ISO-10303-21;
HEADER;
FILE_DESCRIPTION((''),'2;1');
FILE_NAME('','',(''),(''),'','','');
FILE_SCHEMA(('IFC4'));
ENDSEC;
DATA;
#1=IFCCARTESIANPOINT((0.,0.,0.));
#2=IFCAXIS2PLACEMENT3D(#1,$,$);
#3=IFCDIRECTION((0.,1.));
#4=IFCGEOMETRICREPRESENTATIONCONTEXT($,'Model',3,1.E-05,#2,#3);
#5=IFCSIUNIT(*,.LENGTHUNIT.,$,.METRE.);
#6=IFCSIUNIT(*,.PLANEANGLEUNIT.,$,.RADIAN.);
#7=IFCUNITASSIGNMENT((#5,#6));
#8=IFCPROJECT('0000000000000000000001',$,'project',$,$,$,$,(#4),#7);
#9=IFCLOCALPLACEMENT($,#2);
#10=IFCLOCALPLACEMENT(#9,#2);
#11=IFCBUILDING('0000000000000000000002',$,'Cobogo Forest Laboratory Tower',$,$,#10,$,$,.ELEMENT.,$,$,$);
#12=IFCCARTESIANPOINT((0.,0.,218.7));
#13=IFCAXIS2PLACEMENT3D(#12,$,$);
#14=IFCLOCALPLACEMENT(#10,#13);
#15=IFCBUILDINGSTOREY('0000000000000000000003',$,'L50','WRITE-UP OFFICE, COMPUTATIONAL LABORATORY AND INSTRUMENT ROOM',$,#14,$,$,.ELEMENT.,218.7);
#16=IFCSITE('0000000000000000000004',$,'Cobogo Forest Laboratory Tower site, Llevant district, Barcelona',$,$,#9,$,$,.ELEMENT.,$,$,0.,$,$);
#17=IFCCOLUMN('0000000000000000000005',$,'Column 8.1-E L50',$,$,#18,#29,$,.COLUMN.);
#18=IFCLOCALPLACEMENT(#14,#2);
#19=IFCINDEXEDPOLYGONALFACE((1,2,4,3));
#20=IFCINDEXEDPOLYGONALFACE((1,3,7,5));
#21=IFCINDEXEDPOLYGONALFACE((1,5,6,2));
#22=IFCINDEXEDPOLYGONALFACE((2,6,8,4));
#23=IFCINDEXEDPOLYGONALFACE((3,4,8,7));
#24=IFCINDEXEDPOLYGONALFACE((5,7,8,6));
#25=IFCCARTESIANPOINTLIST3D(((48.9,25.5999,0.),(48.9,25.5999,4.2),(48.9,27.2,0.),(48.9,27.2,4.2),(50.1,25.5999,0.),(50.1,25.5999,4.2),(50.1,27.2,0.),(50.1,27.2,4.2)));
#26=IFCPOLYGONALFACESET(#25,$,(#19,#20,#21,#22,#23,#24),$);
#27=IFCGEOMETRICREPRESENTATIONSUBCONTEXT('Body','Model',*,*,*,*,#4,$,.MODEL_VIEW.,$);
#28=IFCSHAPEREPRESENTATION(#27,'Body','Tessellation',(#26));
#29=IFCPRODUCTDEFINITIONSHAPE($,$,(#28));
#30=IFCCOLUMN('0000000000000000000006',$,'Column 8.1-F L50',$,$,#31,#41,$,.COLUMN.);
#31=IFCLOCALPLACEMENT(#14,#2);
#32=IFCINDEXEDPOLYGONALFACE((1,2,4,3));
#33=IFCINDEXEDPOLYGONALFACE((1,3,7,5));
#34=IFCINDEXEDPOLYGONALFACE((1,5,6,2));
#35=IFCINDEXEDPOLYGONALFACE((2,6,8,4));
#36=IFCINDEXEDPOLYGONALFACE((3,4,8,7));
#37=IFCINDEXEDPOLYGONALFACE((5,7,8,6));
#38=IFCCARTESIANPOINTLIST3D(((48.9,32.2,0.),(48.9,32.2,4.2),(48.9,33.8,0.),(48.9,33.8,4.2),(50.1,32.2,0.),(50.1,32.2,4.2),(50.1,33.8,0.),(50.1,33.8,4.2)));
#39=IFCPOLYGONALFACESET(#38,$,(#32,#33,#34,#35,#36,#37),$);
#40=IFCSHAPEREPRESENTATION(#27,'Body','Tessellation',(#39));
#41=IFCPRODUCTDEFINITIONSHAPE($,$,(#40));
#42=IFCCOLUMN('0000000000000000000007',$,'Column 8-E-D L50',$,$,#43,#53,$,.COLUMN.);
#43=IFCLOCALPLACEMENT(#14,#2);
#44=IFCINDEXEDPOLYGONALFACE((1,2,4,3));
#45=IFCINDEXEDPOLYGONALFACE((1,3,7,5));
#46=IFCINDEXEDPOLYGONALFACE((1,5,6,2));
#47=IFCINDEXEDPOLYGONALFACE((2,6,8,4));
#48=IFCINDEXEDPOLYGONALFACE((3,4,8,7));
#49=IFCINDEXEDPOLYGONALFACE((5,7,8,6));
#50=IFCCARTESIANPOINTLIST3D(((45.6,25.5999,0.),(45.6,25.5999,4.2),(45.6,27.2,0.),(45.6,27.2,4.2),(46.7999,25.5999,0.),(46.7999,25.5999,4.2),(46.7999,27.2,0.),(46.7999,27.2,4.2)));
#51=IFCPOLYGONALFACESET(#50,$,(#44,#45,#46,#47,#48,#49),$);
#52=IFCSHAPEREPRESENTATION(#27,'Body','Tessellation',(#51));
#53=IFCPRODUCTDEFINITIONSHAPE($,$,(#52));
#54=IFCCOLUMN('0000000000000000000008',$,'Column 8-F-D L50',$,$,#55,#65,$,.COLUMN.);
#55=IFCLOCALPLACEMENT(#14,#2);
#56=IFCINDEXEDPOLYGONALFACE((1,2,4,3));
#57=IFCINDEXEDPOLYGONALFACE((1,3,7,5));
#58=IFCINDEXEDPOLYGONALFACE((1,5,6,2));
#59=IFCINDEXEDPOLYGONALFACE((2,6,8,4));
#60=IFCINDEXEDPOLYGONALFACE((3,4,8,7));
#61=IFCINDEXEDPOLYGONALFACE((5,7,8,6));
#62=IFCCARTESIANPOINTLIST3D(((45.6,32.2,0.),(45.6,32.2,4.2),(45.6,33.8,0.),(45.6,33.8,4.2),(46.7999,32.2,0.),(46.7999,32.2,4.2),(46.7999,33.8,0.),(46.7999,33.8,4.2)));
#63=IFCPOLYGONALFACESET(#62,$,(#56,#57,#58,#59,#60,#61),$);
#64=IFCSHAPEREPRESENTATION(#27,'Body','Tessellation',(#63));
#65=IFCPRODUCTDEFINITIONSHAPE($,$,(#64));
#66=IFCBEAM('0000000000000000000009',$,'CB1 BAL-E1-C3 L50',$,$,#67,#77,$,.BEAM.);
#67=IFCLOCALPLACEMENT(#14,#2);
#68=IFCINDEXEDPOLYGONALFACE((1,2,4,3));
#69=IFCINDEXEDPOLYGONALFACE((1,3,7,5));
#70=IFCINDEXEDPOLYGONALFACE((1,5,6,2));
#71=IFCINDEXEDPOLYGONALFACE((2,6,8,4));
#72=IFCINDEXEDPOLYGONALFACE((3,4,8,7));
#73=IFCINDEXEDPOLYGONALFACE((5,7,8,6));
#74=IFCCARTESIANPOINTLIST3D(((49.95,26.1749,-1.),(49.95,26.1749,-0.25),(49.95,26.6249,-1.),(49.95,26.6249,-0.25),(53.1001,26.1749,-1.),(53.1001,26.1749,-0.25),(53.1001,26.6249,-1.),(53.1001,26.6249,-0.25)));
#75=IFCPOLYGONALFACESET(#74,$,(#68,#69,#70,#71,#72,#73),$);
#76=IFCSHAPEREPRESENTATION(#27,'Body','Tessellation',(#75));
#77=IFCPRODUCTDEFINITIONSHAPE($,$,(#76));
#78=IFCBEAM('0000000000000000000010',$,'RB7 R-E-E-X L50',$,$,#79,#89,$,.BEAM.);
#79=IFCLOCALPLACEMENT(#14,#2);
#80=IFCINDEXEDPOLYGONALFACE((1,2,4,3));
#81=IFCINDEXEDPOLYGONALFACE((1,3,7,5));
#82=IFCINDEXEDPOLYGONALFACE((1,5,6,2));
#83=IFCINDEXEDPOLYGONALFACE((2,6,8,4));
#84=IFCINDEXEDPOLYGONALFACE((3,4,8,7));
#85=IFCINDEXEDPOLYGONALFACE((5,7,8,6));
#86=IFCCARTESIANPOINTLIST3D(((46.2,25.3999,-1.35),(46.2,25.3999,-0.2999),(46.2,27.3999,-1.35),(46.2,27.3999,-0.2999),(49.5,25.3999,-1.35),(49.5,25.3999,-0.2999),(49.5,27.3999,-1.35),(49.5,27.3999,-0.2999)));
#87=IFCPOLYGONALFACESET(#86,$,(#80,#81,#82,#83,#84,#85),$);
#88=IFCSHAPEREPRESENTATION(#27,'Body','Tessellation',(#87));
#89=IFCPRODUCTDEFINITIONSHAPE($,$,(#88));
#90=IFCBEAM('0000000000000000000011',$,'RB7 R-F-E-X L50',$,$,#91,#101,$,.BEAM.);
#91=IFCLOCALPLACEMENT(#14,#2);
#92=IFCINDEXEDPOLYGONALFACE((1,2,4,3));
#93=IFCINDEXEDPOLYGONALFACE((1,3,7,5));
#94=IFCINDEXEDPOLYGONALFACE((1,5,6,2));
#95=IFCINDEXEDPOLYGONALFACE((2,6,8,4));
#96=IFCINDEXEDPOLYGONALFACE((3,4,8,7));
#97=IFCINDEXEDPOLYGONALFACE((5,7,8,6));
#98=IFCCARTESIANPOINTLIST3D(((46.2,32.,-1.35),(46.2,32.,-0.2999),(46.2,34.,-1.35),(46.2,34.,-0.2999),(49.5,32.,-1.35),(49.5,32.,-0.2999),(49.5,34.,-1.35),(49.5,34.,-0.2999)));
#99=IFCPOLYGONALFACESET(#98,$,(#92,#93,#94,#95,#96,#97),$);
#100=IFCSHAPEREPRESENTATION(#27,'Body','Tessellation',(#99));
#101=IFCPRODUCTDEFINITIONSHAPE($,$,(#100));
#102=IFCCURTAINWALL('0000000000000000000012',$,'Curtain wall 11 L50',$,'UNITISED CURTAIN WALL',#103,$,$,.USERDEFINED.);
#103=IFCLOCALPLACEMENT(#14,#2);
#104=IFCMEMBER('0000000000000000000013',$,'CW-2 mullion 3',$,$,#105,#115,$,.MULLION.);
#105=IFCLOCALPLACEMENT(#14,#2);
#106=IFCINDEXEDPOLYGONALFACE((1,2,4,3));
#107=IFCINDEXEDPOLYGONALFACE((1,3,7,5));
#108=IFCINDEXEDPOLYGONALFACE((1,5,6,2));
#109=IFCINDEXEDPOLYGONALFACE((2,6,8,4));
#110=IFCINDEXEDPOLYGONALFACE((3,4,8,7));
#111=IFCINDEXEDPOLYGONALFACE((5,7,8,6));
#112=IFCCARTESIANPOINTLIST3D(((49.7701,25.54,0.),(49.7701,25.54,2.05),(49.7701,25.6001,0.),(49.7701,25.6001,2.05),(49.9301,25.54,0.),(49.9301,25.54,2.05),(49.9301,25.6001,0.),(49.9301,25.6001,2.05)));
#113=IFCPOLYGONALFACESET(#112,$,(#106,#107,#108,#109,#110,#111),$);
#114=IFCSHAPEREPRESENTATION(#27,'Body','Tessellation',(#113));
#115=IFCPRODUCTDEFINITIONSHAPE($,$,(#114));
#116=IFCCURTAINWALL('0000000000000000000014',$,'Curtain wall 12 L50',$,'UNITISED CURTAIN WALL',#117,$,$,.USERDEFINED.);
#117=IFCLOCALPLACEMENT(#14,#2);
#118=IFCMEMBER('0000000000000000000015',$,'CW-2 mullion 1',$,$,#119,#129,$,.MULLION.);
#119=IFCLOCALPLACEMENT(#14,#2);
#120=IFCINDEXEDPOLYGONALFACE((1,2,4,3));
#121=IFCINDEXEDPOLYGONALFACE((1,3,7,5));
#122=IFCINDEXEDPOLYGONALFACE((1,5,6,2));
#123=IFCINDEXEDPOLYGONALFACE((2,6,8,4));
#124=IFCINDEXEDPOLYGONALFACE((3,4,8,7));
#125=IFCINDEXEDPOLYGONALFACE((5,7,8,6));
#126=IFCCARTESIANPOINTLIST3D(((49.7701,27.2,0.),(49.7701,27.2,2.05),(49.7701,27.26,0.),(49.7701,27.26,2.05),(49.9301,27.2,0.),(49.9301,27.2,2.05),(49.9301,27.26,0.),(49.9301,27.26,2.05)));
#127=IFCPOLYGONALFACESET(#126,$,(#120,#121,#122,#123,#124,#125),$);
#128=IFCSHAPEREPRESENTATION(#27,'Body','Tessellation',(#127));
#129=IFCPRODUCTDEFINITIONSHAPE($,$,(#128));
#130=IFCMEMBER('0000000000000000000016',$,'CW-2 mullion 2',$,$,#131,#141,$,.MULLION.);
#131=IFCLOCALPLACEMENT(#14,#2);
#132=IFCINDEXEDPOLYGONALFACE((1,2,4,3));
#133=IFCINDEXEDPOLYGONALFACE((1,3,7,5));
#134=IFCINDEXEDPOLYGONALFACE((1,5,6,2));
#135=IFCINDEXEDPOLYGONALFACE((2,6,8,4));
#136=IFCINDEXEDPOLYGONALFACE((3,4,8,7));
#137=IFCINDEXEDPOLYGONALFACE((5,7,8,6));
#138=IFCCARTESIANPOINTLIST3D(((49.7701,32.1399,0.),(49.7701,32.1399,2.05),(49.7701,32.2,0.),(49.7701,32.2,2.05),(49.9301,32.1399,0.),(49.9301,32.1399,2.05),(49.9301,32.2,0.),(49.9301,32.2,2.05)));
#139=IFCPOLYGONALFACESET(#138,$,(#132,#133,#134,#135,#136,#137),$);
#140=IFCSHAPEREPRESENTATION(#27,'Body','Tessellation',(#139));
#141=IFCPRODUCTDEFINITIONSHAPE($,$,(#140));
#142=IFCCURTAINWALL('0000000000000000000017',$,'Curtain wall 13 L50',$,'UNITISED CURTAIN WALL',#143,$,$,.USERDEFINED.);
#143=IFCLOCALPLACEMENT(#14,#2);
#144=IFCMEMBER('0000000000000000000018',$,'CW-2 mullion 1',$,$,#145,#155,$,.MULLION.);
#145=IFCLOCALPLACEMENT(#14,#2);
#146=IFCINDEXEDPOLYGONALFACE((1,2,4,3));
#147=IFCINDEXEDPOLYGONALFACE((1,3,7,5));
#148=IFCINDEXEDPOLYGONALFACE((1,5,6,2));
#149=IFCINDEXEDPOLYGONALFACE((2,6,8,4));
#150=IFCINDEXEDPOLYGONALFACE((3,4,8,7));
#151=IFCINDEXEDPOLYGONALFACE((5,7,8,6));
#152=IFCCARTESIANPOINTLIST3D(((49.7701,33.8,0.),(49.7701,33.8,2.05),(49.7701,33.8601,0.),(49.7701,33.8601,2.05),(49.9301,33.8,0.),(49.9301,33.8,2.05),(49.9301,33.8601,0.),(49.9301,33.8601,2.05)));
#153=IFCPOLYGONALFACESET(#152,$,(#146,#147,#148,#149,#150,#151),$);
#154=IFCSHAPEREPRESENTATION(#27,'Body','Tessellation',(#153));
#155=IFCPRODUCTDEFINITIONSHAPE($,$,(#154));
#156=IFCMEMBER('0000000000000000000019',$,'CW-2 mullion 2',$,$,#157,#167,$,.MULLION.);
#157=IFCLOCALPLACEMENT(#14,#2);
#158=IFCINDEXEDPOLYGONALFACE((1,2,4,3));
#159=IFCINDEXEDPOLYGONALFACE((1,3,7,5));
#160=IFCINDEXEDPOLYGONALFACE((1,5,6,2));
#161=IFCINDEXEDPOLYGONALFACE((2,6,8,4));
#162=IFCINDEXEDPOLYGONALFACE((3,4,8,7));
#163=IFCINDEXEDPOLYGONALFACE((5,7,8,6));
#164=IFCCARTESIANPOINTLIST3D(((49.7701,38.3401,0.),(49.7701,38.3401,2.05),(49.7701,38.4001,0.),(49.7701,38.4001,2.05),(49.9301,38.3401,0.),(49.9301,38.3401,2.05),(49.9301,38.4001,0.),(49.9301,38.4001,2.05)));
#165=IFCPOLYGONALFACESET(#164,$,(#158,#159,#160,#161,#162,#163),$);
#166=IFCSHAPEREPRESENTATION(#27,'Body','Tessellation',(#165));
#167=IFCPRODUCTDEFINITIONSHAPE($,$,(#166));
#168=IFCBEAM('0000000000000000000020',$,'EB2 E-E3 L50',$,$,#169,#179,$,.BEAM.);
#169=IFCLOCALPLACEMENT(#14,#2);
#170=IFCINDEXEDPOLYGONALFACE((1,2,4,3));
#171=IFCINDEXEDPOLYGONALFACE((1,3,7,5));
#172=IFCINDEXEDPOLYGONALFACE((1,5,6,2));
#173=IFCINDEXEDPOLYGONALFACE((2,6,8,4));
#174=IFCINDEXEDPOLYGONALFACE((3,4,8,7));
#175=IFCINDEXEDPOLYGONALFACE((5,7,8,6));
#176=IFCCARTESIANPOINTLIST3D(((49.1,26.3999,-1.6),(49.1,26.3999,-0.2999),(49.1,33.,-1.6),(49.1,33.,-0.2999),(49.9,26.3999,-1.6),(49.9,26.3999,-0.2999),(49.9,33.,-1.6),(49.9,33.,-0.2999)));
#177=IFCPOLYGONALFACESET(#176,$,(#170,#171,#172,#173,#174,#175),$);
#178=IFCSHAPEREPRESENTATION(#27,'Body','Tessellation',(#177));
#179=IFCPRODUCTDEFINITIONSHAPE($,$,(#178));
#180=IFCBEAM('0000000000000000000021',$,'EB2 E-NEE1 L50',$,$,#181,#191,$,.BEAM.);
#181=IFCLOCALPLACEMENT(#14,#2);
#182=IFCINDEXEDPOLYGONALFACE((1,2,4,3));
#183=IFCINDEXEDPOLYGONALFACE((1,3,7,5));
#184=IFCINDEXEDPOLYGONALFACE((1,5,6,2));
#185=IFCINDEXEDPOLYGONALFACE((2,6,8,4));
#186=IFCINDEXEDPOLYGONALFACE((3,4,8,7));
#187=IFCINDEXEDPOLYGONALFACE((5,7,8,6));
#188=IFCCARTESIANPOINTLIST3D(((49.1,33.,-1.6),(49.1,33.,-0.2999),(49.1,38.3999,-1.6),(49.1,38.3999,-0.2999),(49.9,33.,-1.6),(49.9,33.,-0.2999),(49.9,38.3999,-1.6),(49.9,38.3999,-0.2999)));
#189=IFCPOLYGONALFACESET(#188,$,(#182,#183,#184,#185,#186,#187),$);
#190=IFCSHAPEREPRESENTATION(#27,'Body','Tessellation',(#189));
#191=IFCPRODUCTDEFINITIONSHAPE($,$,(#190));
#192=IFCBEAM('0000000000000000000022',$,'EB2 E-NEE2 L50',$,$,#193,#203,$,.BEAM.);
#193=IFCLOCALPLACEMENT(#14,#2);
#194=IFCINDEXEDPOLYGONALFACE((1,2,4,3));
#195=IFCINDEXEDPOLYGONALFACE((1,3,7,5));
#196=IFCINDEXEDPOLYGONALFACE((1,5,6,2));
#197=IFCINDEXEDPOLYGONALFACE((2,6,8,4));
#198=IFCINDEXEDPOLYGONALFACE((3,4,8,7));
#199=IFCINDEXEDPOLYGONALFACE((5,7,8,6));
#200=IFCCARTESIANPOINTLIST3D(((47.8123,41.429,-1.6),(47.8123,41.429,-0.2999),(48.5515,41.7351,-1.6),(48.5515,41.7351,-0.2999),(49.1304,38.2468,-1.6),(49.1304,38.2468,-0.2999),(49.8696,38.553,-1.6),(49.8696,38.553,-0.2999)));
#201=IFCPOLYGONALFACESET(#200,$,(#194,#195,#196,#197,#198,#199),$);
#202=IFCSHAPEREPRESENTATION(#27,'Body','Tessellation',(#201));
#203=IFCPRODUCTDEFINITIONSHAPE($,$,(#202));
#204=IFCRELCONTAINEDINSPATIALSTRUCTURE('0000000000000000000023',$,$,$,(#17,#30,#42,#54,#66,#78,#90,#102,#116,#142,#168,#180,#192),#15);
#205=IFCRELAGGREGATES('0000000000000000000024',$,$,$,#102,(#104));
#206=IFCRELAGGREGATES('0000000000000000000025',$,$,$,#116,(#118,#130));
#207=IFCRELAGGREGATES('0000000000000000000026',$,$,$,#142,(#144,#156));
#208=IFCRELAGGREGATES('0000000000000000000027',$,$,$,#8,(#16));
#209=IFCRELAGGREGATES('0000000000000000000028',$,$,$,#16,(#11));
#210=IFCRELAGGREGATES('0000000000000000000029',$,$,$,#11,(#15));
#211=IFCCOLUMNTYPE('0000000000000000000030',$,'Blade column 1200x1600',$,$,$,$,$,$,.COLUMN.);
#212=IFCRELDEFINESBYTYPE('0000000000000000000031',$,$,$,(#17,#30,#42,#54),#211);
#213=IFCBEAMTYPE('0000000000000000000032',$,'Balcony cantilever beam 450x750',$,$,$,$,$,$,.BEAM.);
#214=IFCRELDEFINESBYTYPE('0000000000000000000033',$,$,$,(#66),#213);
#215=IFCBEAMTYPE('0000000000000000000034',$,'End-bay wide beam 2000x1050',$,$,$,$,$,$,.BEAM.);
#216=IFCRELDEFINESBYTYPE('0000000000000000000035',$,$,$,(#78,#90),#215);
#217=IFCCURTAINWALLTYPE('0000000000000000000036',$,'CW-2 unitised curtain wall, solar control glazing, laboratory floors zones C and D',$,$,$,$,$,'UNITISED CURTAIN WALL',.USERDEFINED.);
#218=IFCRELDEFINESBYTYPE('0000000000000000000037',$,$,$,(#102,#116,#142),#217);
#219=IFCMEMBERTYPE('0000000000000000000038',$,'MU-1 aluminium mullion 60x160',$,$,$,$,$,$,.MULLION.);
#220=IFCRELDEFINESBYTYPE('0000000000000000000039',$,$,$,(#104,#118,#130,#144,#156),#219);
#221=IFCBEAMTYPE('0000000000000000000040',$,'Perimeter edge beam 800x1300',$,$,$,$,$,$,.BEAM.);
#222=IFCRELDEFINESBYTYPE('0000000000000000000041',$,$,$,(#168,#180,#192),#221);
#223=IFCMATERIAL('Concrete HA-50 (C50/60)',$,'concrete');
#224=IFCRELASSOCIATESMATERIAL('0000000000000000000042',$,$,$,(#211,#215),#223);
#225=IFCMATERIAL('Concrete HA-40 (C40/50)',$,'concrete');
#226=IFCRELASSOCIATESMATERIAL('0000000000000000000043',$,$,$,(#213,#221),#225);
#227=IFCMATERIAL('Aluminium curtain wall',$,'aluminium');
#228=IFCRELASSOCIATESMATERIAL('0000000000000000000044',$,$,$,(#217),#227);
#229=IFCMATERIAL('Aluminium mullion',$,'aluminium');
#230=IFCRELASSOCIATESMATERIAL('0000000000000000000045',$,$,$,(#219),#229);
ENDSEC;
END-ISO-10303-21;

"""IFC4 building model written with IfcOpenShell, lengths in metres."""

from ifc_helpers import new_model, si_unit, direction, frame, origin, origin_2d, place, context, subcontext, project, spatial, rectangle, extrude, material, material_profile, profile_set, type_object, element, aggregate, save


model = new_model("IFC4")

# Units and contexts
model_context = context("Model", 3, precision=1e-05, world=origin(), true_north=direction((0.0, 1.0)))
body_context = subcontext(model_context, "Body", "Model", "MODEL_VIEW")
ifc_project = project(units=[si_unit("LENGTHUNIT", "METRE"), si_unit("PLANEANGLEUNIT", "RADIAN")], contexts=[model_context])

# Site, building, storey
site_placement = place(None, origin())
site = spatial("IfcSite", under=ifc_project, at=site_placement, Name="Cobogo Forest Laboratory Tower site, Llevant district, Barcelona", CompositionType="ELEMENT", RefElevation=0.0)
building_placement = place(site_placement, origin())
building = spatial("IfcBuilding", under=site, at=building_placement, Name="Cobogo Forest Laboratory Tower", CompositionType="ELEMENT")
storey_placement = place(building_placement, frame((0.0, 0.0, 218.7)))
storey = spatial("IfcBuildingStorey", under=building, at=storey_placement, Name="L50", Description="WRITE-UP OFFICE, COMPUTATIONAL LABORATORY AND INSTRUMENT ROOM", CompositionType="ELEMENT", Elevation=218.7)

# Columns
ifc_material_1 = material(Name="Concrete HA-50 (C50/60)", Category="concrete")
ifc_material_profile_1 = material_profile(ifc_material_1, rectangle(XDim=1.6001, YDim=1.2, at=origin_2d()), Name="RC 1200x1600")
ifc_profile_set_1 = profile_set([ifc_material_profile_1], Name="Concrete HA-50 (C50/60)")
column_type = type_object("IfcColumnType", Name="Blade column 1200x1600", PredefinedType="COLUMN", material=ifc_profile_set_1)
for number, where, z_axis, x_axis, name in (
    (1, (49.5, 26.3999, 0.0), (0.0, 0.0, 1.0), (0.0, 1.0, 0.0), "Column 8.1-E L50"),
    (2, (49.5, 33.0, 0.0), (0.0, 0.0, 1.0), (0.0, 1.0, 0.0), "Column 8.1-F L50"),
    (3, (46.2, 26.3999, 0.0), (0.0, 0.0, 1.0), (0.0, 1.0, 0.0), "Column 8-E-D L50"),
    (4, (46.2, 33.0, 0.0), (0.0, 0.0, 1.0), (0.0, 1.0, 0.0), "Column 8-F-D L50"),
):
    element("IfcColumn", number, at=place(storey_placement, frame(where, z_axis=z_axis, x_axis=x_axis)), inside=storey, type_object=column_type, Name=name, PredefinedType="COLUMN", context=body_context, shape_type="SweptSolid", body=[
        extrude(rectangle(XDim=1.6001, YDim=1.2, at=origin_2d()), origin(), (0.0, 0.0, 1.0), 4.2),
    ])

# Beams
ifc_material_2 = material(Name="Concrete HA-40 (C40/50)", Category="concrete")
ifc_material_profile_2 = material_profile(ifc_material_2, rectangle(XDim=0.45, YDim=0.75, at=origin_2d()), Name="RC 450x750")
ifc_profile_set_2 = profile_set([ifc_material_profile_2], Name="Concrete HA-40 (C40/50)")
beam_type_1 = type_object("IfcBeamType", Name="Balcony cantilever beam 450x750", PredefinedType="BEAM", material=ifc_profile_set_2)
beam_1_placement = place(storey_placement, frame((49.95, 26.3999, -0.625), z_axis=(1.0, 0.0, 0.0), x_axis=(0.0, 1.0, 0.0)))
element("IfcBeam", 5, at=beam_1_placement, inside=storey, type_object=beam_type_1, Name="CB1 BAL-E1-C3 L50", PredefinedType="BEAM", context=body_context, shape_type="SweptSolid", body=[
    extrude(rectangle(XDim=0.45, YDim=0.75, at=origin_2d()), origin(), (0.0, 0.0, 1.0), 3.1501),
])
ifc_material_profile_3 = material_profile(ifc_material_1, rectangle(XDim=2.0, YDim=1.05, at=origin_2d()), Name="RC 2000x1050")
ifc_profile_set_3 = profile_set([ifc_material_profile_3], Name="Concrete HA-50 (C50/60)")
beam_type_2 = type_object("IfcBeamType", Name="End-bay wide beam 2000x1050", PredefinedType="BEAM", material=ifc_profile_set_3)
for number, where, z_axis, x_axis, name in (
    (6, (49.5, 26.3999, -0.825), (-1.0, 0.0, 0.0), (0.0, -1.0, 0.0), "RB7 R-E-E-X L50"),
    (7, (49.5, 33.0, -0.825), (-1.0, 0.0, 0.0), (0.0, -1.0, 0.0), "RB7 R-F-E-X L50"),
):
    element("IfcBeam", number, at=place(storey_placement, frame(where, z_axis=z_axis, x_axis=x_axis)), inside=storey, type_object=beam_type_2, Name=name, PredefinedType="BEAM", context=body_context, shape_type="SweptSolid", body=[
        extrude(rectangle(XDim=2.0, YDim=1.05, at=origin_2d()), origin(), (0.0, 0.0, 1.0), 3.3),
    ])

# Curtain wall, member
ifc_material_3 = material(Name="Aluminium curtain wall", Category="aluminium")
curtain_wall_type = type_object("IfcCurtainWallType", Name="CW-2 unitised curtain wall, solar control glazing, laboratory floors zones C and D", ElementType="UNITISED CURTAIN WALL", PredefinedType="USERDEFINED", material=ifc_material_3)
curtain_wall_1_placement = place(storey_placement, origin())
curtain_wall_1 = element("IfcCurtainWall", 8, at=curtain_wall_1_placement, inside=storey, type_object=curtain_wall_type, Name="Curtain wall 11 L50", ObjectType="UNITISED CURTAIN WALL", PredefinedType="USERDEFINED")
ifc_material_4 = material(Name="Aluminium mullion", Category="aluminium")
ifc_material_profile_4 = material_profile(ifc_material_4, rectangle(XDim=0.0601, YDim=0.1599, at=origin_2d()), Name="AL 60x160")
ifc_profile_set_4 = profile_set([ifc_material_profile_4], Name="Aluminium mullion")
member_type_1 = type_object("IfcMemberType", Name="MU-1 aluminium mullion 60x160", PredefinedType="MULLION", material=ifc_profile_set_4)
member_1_placement = place(storey_placement, frame((49.8501, 25.5701, 0.0), z_axis=(0.0, 0.0, 1.0), x_axis=(0.0, 1.0, 0.0)))
member_1 = element("IfcMember", 9, at=member_1_placement, type_object=member_type_1, Name="CW-2 mullion 3", PredefinedType="MULLION", context=body_context, shape_type="SweptSolid", body=[
    extrude(rectangle(XDim=0.0601, YDim=0.1599, at=origin_2d()), origin(), (0.0, 0.0, 1.0), 2.05),
])

# Curtain walls, members
curtain_wall_2_placement = place(storey_placement, origin())
curtain_wall_2 = element("IfcCurtainWall", 10, at=curtain_wall_2_placement, inside=storey, type_object=curtain_wall_type, Name="Curtain wall 12 L50", ObjectType="UNITISED CURTAIN WALL", PredefinedType="USERDEFINED")
member_2_placement = place(storey_placement, frame((49.8501, 27.23, 0.0), z_axis=(0.0, 0.0, 1.0), x_axis=(0.0, 1.0, 0.0)))
member_2 = element("IfcMember", 11, at=member_2_placement, type_object=member_type_1, Name="CW-2 mullion 1", PredefinedType="MULLION", context=body_context, shape_type="SweptSolid", body=[
    extrude(rectangle(XDim=0.0601, YDim=0.1599, at=origin_2d()), origin(), (0.0, 0.0, 1.0), 2.05),
])
member_3_placement = place(storey_placement, frame((49.8501, 32.1699, 0.0), z_axis=(0.0, 0.0, 1.0), x_axis=(0.0, 1.0, 0.0)))
member_3 = element("IfcMember", 12, at=member_3_placement, type_object=member_type_1, Name="CW-2 mullion 2", PredefinedType="MULLION", context=body_context, shape_type="SweptSolid", body=[
    extrude(rectangle(XDim=0.0601, YDim=0.1599, at=origin_2d()), origin(), (0.0, 0.0, 1.0), 2.05),
])
curtain_wall_3_placement = place(storey_placement, origin())
curtain_wall_3 = element("IfcCurtainWall", 13, at=curtain_wall_3_placement, inside=storey, type_object=curtain_wall_type, Name="Curtain wall 13 L50", ObjectType="UNITISED CURTAIN WALL", PredefinedType="USERDEFINED")
member_4_placement = place(storey_placement, frame((49.8501, 33.8301, 0.0), z_axis=(0.0, 0.0, 1.0), x_axis=(0.0, 1.0, 0.0)))
member_4 = element("IfcMember", 14, at=member_4_placement, type_object=member_type_1, Name="CW-2 mullion 1", PredefinedType="MULLION", context=body_context, shape_type="SweptSolid", body=[
    extrude(rectangle(XDim=0.0601, YDim=0.1599, at=origin_2d()), origin(), (0.0, 0.0, 1.0), 2.05),
])
member_5_placement = place(storey_placement, frame((49.8501, 38.3701, 0.0), z_axis=(0.0, 0.0, 1.0), x_axis=(0.0, 1.0, 0.0)))
member_5 = element("IfcMember", 15, at=member_5_placement, type_object=member_type_1, Name="CW-2 mullion 2", PredefinedType="MULLION", context=body_context, shape_type="SweptSolid", body=[
    extrude(rectangle(XDim=0.0601, YDim=0.1599, at=origin_2d()), origin(), (0.0, 0.0, 1.0), 2.05),
])

# Beams
ifc_material_profile_5 = material_profile(ifc_material_2, rectangle(XDim=0.8, YDim=1.3, at=origin_2d()), Name="RC 800x1300")
ifc_profile_set_5 = profile_set([ifc_material_profile_5], Name="Concrete HA-40 (C40/50)")
beam_type_3 = type_object("IfcBeamType", Name="Perimeter edge beam 800x1300", PredefinedType="BEAM", material=ifc_profile_set_5)
beam_2_placement = place(storey_placement, frame((49.5, 26.3999, -0.95), z_axis=(0.0, 1.0, 0.0), x_axis=(-1.0, 0.0, 0.0)))
element("IfcBeam", 16, at=beam_2_placement, inside=storey, type_object=beam_type_3, Name="EB2 E-E3 L50", PredefinedType="BEAM", context=body_context, shape_type="SweptSolid", body=[
    extrude(rectangle(XDim=0.8, YDim=1.3, at=origin_2d()), origin(), (0.0, 0.0, 1.0), 6.6001),
])
beam_3_placement = place(storey_placement, frame((49.5, 33.0, -0.95), z_axis=(0.0, 1.0, 0.0), x_axis=(-1.0, 0.0, 0.0)))
element("IfcBeam", 17, at=beam_3_placement, inside=storey, type_object=beam_type_3, Name="EB2 E-NEE1 L50", PredefinedType="BEAM", context=body_context, shape_type="SweptSolid", body=[
    extrude(rectangle(XDim=0.8, YDim=1.3, at=origin_2d()), origin(), (0.0, 0.0, 1.0), 5.3999),
])
beam_4_placement = place(storey_placement, frame((49.5, 38.3999, -0.95), z_axis=(-0.382692, 0.923876, 0.0), x_axis=(-0.923876, -0.382692, 0.0)))
element("IfcBeam", 18, at=beam_4_placement, inside=storey, type_object=beam_type_3, Name="EB2 E-NEE2 L50", PredefinedType="BEAM", context=body_context, shape_type="SweptSolid", body=[
    extrude(rectangle(XDim=0.8, YDim=1.3, at=origin_2d()), origin(), (0.0, 0.0, 1.0), 3.4443),
])

aggregate(curtain_wall_1, [member_1])
aggregate(curtain_wall_2, [member_2, member_3])
aggregate(curtain_wall_3, [member_4, member_5])

save(model, "model.ifc")
